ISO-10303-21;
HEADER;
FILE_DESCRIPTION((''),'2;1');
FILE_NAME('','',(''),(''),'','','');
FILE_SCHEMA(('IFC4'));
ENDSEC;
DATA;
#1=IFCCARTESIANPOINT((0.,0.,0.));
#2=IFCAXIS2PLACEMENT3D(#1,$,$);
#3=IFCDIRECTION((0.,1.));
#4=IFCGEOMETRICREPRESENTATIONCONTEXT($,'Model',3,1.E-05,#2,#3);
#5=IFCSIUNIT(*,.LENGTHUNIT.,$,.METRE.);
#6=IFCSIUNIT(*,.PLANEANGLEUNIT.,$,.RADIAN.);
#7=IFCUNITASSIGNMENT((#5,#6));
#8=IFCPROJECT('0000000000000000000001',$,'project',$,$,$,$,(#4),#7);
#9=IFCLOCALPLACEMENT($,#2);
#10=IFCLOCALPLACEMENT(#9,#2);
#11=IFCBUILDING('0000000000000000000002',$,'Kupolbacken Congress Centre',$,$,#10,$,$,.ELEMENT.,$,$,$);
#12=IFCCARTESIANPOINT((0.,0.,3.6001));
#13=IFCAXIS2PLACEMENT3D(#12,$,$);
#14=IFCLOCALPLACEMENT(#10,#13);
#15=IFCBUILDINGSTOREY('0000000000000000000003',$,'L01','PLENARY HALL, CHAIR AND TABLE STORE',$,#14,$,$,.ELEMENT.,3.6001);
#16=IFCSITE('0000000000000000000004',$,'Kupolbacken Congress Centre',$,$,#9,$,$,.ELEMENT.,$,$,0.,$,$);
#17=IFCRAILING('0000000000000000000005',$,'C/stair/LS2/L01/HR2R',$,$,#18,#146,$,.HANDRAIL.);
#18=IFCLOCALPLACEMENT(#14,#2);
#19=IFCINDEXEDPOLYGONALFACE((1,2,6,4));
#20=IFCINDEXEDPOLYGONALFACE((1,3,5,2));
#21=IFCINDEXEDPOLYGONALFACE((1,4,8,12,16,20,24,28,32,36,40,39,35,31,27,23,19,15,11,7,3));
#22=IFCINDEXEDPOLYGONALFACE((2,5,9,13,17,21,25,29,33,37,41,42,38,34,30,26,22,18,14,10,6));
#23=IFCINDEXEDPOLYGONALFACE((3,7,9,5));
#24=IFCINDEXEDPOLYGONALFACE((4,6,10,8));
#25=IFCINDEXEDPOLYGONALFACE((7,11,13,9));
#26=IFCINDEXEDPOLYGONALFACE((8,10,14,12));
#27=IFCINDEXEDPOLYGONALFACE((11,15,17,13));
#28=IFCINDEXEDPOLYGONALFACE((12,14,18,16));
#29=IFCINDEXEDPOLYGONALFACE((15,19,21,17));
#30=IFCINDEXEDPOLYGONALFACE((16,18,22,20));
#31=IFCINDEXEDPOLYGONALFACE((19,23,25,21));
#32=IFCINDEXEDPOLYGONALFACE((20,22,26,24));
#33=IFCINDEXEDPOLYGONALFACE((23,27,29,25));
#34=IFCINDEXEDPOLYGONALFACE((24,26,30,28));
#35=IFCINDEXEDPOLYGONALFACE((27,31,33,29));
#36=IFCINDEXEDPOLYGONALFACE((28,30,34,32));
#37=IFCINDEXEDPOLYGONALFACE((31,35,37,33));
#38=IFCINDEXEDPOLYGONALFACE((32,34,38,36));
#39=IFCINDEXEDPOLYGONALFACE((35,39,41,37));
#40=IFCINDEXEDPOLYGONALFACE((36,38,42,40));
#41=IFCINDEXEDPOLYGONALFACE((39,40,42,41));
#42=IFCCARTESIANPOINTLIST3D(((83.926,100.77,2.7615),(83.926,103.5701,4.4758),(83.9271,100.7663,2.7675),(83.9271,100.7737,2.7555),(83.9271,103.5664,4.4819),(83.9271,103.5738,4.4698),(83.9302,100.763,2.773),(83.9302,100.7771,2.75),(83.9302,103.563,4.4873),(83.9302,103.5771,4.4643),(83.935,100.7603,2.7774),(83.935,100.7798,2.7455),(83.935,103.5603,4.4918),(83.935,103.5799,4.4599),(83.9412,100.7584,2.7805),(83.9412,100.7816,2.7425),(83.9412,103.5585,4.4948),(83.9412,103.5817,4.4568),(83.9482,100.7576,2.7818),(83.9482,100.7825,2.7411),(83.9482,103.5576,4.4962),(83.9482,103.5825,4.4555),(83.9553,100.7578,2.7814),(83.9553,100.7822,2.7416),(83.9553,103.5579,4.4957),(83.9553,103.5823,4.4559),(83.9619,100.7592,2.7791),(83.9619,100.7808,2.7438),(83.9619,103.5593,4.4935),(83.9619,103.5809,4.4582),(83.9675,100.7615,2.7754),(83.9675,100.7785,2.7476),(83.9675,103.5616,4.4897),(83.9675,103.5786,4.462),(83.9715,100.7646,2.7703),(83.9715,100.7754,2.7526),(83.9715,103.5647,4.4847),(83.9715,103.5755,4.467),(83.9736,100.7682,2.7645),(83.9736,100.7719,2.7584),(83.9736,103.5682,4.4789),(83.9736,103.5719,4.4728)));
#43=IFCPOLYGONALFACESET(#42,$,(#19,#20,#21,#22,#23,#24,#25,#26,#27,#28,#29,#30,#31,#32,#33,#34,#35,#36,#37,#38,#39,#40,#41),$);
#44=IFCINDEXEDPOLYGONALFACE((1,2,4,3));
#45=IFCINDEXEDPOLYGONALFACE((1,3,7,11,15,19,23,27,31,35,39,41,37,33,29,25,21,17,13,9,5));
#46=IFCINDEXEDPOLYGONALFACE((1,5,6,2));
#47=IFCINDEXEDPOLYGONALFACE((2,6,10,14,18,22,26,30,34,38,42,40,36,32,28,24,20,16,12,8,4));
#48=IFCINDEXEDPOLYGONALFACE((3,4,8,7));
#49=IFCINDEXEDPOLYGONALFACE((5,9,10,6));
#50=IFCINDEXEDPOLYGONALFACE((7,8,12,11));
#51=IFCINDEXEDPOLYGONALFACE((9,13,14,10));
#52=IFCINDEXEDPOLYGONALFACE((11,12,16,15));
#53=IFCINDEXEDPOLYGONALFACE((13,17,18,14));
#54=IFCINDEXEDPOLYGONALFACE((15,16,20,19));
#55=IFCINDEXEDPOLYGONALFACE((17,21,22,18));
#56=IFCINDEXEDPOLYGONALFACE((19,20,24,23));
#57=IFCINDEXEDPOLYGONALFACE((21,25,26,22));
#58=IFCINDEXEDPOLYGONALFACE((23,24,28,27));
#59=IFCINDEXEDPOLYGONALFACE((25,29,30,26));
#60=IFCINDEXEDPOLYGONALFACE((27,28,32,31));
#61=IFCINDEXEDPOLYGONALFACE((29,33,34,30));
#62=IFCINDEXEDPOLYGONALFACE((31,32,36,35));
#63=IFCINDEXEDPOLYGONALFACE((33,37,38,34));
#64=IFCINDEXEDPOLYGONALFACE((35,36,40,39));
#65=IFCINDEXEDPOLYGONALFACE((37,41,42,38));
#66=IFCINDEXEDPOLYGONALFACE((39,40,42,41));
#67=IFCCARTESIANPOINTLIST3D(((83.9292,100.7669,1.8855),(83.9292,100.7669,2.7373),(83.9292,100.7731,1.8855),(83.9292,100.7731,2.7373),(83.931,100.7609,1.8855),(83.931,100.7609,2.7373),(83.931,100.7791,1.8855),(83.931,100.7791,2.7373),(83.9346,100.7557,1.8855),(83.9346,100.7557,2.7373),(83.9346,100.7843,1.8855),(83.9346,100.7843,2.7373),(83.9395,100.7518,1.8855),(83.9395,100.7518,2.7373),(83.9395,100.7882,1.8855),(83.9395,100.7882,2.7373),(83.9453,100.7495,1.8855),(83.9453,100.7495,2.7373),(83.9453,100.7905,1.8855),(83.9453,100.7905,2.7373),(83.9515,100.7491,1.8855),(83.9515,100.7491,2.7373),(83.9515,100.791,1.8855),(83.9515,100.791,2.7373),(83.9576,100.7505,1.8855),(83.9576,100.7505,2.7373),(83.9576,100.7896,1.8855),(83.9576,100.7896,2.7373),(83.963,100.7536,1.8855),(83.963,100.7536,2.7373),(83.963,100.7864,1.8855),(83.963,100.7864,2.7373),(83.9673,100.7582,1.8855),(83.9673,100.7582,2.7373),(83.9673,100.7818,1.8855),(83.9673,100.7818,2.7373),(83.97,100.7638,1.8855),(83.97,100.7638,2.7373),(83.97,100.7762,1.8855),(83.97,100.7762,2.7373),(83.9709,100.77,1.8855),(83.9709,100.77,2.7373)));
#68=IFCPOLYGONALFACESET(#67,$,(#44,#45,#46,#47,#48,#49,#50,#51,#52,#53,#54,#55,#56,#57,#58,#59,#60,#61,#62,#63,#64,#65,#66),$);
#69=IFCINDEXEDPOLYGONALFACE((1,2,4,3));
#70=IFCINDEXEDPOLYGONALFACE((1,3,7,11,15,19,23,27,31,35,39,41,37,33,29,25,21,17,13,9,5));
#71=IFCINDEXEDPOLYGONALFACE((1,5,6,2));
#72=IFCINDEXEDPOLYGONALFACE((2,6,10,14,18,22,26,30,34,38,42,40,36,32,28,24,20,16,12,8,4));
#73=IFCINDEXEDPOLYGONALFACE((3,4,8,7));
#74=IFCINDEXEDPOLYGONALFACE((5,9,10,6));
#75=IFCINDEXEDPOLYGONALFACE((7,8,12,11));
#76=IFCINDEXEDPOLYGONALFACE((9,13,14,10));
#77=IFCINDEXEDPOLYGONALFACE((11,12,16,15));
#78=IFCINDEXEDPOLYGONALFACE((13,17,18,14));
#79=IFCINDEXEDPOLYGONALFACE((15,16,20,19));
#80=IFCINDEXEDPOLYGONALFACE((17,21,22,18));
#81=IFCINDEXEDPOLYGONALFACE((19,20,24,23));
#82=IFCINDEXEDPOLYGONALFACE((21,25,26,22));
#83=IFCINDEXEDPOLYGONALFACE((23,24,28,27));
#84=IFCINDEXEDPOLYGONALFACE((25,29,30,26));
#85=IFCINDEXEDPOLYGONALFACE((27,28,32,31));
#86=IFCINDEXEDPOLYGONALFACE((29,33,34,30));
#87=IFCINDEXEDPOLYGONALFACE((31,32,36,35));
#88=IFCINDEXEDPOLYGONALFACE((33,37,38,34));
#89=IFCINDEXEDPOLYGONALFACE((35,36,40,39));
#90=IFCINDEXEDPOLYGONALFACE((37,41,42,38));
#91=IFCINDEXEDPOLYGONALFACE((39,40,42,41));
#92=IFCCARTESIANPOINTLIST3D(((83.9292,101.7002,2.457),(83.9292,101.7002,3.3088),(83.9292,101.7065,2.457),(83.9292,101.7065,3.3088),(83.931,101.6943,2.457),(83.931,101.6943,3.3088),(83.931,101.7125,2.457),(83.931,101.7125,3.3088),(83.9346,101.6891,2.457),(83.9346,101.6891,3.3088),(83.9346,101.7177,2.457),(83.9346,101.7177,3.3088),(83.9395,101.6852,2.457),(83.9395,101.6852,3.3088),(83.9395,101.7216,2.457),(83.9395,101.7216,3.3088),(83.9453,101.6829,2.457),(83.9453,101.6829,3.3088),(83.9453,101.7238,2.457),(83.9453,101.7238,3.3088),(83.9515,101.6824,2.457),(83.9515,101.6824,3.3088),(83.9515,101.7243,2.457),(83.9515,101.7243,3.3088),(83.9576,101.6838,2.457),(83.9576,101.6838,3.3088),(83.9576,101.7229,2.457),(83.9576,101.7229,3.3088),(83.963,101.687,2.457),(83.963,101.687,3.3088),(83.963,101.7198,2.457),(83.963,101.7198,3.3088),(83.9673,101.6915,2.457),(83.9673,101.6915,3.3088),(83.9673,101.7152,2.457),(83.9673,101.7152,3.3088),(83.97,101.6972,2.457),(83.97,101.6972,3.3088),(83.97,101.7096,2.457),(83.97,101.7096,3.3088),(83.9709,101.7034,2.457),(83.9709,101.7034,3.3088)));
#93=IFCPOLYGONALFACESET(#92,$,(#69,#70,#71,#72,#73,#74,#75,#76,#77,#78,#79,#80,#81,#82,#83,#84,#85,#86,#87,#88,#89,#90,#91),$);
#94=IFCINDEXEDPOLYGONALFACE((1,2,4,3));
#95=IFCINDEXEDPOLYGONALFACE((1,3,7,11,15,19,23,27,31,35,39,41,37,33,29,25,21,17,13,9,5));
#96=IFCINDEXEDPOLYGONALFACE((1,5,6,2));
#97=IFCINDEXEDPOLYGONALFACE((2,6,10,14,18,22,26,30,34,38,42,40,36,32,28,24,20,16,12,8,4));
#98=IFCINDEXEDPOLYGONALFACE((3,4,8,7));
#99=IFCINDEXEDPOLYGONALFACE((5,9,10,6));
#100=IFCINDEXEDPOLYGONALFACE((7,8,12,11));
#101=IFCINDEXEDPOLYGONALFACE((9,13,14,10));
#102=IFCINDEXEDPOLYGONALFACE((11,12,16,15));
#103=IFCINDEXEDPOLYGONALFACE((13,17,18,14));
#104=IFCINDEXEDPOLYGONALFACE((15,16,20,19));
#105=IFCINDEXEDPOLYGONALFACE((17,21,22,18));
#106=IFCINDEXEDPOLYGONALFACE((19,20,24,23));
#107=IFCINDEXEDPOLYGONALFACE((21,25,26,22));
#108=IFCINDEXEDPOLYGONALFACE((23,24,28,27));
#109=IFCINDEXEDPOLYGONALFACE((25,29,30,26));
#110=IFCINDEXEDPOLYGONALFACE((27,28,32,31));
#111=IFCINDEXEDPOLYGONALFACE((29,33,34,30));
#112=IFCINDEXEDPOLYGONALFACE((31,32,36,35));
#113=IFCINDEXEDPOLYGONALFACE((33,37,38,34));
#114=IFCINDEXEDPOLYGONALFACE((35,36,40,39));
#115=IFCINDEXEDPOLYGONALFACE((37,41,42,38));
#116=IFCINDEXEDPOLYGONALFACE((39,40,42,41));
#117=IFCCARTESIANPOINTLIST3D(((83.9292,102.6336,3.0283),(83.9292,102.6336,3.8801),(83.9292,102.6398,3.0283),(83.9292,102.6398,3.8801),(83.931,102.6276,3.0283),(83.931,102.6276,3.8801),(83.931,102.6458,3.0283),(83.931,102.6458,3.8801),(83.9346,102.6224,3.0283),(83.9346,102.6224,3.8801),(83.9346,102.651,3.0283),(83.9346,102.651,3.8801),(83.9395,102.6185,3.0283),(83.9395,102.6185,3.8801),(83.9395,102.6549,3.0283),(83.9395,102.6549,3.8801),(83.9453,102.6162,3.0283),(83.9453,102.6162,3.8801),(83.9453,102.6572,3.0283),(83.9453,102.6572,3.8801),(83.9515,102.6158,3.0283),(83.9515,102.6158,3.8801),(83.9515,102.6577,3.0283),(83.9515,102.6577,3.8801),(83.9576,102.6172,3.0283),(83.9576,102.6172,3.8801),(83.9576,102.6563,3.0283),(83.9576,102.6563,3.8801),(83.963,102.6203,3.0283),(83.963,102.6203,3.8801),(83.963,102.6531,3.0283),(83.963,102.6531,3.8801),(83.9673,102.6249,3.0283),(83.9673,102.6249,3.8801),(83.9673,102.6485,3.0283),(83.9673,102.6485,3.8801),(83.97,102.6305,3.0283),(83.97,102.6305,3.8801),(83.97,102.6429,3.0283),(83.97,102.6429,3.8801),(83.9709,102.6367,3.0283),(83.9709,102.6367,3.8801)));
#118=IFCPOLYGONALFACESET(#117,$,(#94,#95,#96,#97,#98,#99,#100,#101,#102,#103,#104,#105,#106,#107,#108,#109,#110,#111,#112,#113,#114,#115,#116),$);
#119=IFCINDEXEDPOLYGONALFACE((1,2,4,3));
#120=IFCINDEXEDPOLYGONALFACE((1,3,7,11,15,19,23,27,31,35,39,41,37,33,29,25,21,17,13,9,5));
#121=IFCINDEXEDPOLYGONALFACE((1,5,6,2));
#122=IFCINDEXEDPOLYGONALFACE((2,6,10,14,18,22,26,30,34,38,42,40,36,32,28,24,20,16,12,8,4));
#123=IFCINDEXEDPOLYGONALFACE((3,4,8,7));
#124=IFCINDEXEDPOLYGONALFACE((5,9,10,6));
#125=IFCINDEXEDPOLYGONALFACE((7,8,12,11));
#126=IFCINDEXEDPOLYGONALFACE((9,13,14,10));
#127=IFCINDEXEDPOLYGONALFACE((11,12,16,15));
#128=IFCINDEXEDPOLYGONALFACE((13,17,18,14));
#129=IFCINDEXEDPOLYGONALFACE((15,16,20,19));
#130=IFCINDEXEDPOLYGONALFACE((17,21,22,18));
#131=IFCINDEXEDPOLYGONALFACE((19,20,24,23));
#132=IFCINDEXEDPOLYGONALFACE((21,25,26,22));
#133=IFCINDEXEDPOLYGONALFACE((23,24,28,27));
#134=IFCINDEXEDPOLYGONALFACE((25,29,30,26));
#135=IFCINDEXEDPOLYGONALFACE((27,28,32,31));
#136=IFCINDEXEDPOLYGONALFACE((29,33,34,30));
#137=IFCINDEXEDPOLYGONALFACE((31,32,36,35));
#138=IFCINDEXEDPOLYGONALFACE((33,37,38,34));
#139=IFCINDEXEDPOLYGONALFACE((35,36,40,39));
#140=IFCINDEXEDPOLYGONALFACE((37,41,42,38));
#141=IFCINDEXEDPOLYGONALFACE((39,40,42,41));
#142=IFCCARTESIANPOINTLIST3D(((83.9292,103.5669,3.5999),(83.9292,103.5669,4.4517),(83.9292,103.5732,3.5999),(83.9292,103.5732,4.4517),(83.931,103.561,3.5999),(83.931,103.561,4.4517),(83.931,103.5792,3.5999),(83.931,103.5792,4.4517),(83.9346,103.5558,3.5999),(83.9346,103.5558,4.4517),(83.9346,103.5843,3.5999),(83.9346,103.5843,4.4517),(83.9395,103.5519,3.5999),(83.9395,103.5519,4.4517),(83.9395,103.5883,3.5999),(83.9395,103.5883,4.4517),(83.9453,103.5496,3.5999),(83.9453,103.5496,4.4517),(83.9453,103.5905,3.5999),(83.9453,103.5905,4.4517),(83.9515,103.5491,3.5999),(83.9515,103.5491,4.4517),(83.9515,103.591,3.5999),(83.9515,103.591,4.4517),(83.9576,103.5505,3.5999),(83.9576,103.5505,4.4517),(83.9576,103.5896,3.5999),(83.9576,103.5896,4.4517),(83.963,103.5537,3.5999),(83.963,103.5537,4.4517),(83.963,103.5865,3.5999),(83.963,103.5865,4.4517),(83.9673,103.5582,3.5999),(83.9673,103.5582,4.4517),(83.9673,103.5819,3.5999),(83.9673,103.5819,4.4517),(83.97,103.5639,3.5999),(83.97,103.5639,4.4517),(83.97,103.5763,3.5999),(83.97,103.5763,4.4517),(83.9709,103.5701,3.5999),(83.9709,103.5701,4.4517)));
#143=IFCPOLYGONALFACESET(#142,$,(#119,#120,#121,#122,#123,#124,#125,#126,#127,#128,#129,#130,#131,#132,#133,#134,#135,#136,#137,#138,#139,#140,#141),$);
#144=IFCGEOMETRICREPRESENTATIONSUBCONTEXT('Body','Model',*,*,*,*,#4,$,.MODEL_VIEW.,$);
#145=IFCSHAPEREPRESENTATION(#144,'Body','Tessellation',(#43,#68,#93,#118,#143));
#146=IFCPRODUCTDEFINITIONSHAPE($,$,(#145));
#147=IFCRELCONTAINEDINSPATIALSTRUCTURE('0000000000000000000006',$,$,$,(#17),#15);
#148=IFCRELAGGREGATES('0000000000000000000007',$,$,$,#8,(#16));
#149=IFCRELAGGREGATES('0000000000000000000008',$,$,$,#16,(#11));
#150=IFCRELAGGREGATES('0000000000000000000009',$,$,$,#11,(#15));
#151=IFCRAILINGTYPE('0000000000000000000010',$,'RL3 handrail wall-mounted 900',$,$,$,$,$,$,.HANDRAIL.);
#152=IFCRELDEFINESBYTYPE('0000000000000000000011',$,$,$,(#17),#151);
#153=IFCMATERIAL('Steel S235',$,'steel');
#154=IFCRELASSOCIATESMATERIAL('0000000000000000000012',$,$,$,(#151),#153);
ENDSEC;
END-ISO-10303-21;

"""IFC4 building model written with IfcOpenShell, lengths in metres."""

from ifc_helpers import new_model, si_unit, direction, frame, origin, origin_2d, place, context, subcontext, project, spatial, circle, extrude, material, type_object, element, save


model = new_model("IFC4")

# Units and contexts
model_context = context("Model", 3, precision=1e-05, world=origin(), true_north=direction((0.0, 1.0)))
body_context = subcontext(model_context, "Body", "Model", "MODEL_VIEW")
ifc_project = project(units=[si_unit("LENGTHUNIT", "METRE"), si_unit("PLANEANGLEUNIT", "RADIAN")], contexts=[model_context])

# Site, building, storey
site_placement = place(None, origin())
site = spatial("IfcSite", under=ifc_project, at=site_placement, Name="Kupolbacken Congress Centre", CompositionType="ELEMENT", RefElevation=0.0)
building_placement = place(site_placement, origin())
building = spatial("IfcBuilding", under=site, at=building_placement, Name="Kupolbacken Congress Centre", CompositionType="ELEMENT")
storey_placement = place(building_placement, frame((0.0, 0.0, 3.6001)))
storey = spatial("IfcBuildingStorey", under=building, at=storey_placement, Name="L01", Description="PLENARY HALL, CHAIR AND TABLE STORE", CompositionType="ELEMENT", Elevation=3.6001)

# Railing
ifc_material_1 = material(Name="Steel S235", Category="steel")
railing_type = type_object("IfcRailingType", Name="RL3 handrail wall-mounted 900", PredefinedType="HANDRAIL", material=ifc_material_1)
for number, where, name in (
    (1, (83.95, 100.77, 1.8855), "C/stair/LS2/L01/HR2R"),
):
    element("IfcRailing", number, at=place(storey_placement, frame(where)), inside=storey, type_object=railing_type, Name=name, PredefinedType="HANDRAIL", context=body_context, shape_type="SweptSolid", body=[
        extrude(circle(Radius=0.0239, at=origin_2d()), frame((0.0, 0.0, 0.876), z_axis=(0.0, 0.852846, 0.522163), x_axis=(-1.0, 0.0, 0.0)), (0.0, 0.0, 1.0), 3.2832),
        extrude(circle(Radius=0.021, at=origin_2d()), origin(), (0.0, 0.0, 1.0), 0.8518),
        extrude(circle(Radius=0.021, at=origin_2d()), frame((0.0, 0.9333, 0.5715)), (0.0, 0.0, 1.0), 0.8518),
        extrude(circle(Radius=0.021, at=origin_2d()), frame((0.0, 1.8667, 1.1428)), (0.0, 0.0, 1.0), 0.8518),
        extrude(circle(Radius=0.021, at=origin_2d()), frame((0.0, 2.8, 1.7144)), (0.0, 0.0, 1.0), 0.8518),
    ])

save(model, "model.ifc")
